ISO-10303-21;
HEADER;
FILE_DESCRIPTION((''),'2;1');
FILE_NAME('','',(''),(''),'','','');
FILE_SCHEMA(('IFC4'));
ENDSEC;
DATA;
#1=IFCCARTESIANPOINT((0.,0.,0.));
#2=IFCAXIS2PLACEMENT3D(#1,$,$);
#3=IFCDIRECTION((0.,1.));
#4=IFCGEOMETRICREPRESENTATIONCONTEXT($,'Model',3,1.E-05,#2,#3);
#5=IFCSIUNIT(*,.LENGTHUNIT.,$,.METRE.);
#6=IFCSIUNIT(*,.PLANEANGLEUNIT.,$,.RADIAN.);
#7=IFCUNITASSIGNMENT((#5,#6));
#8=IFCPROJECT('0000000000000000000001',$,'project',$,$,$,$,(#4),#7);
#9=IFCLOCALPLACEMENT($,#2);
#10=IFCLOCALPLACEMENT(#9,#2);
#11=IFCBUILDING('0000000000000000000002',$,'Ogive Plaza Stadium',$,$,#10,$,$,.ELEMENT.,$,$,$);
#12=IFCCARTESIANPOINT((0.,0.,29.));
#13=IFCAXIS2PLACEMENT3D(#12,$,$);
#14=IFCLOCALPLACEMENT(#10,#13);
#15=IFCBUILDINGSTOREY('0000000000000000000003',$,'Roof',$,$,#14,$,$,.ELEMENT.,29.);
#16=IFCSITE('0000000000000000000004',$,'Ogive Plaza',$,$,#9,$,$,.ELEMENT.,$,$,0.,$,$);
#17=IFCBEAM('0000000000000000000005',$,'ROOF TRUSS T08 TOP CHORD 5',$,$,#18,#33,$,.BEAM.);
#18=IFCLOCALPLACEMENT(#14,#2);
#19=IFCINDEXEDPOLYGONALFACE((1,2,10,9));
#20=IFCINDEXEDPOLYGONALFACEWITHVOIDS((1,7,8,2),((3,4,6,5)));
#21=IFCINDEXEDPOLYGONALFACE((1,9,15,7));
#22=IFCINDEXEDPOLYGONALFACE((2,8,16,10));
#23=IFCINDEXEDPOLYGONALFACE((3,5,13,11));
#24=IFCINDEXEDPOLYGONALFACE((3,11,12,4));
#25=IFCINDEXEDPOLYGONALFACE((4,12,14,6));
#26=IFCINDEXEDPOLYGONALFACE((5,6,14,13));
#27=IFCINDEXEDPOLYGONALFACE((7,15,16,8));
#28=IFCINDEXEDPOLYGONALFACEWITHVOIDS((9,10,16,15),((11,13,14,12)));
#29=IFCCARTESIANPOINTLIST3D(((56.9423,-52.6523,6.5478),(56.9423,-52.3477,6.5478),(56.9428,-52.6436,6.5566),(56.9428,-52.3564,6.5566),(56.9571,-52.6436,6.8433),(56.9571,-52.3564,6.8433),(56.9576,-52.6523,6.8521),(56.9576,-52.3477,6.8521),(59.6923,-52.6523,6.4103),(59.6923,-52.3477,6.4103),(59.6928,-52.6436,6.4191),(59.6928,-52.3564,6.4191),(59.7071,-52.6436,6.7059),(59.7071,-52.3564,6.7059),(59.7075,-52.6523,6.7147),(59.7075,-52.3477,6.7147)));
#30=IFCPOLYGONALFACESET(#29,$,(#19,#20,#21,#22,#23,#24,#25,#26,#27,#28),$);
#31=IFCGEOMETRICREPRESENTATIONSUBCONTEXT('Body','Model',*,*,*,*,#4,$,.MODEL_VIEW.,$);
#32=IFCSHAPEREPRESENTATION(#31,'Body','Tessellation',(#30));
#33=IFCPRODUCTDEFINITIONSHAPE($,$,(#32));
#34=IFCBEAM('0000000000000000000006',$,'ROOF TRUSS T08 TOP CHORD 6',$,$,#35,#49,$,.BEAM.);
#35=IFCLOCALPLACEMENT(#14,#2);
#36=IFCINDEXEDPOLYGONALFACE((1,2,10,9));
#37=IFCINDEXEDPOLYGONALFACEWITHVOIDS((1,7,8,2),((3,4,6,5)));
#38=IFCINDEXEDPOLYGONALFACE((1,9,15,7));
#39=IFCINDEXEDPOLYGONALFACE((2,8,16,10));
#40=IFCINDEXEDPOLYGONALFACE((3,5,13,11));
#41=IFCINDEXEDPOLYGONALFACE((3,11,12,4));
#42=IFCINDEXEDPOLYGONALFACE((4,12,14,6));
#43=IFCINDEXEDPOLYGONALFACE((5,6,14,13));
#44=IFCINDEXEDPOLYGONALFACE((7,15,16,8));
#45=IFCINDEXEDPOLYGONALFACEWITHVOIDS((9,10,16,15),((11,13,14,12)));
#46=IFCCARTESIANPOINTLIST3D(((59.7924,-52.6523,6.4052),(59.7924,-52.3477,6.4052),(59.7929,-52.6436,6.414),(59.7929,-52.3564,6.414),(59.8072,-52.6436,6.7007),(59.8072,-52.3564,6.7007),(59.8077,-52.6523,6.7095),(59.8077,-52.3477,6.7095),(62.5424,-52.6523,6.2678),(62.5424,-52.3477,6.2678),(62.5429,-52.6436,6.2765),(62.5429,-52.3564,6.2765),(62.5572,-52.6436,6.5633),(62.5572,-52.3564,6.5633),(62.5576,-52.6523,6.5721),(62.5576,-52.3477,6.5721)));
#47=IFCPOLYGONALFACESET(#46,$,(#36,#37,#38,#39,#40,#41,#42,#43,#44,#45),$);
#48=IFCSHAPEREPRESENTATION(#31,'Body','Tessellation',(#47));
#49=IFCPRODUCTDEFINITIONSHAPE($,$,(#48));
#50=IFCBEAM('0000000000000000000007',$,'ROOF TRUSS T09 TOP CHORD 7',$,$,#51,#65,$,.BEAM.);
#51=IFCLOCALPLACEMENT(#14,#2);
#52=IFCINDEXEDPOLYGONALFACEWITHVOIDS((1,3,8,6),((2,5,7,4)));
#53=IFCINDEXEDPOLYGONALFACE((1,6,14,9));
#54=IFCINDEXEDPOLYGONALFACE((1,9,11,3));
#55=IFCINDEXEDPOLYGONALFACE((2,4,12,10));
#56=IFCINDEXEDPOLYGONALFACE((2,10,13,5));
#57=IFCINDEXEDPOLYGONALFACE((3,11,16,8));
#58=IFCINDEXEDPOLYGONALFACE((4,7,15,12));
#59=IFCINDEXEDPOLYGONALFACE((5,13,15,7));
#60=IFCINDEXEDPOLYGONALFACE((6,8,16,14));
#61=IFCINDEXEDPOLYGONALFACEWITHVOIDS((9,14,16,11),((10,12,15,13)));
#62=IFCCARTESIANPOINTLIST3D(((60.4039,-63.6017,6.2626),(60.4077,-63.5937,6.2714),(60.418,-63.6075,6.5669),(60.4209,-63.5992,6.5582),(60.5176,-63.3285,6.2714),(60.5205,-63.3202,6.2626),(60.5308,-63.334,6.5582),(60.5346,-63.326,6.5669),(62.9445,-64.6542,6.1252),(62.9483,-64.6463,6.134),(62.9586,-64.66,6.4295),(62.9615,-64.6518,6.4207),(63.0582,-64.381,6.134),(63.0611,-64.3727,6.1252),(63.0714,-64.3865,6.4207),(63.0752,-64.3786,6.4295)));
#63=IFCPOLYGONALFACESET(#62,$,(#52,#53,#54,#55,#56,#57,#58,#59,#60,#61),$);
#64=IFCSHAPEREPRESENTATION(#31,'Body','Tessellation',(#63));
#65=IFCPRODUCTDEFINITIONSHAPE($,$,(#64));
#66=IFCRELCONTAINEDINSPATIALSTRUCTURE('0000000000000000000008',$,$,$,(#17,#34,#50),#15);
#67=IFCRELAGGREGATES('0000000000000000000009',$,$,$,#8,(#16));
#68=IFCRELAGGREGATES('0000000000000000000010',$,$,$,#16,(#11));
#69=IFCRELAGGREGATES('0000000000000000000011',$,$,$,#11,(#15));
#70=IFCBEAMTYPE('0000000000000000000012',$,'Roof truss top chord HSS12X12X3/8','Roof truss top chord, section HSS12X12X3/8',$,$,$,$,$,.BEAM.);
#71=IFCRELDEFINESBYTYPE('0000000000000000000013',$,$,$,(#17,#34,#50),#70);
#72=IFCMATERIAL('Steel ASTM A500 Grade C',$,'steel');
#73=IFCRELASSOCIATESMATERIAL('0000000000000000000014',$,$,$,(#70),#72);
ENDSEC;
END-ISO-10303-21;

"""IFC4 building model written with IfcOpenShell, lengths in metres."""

from ifc_helpers import new_model, si_unit, direction, frame, origin, origin_2d, place, context, subcontext, project, spatial, hollow_rectangle, extrude, material, material_profile, profile_set, type_object, element, save


model = new_model("IFC4")

# Units and contexts
model_context = context("Model", 3, precision=1e-05, world=origin(), true_north=direction((0.0, 1.0)))
body_context = subcontext(model_context, "Body", "Model", "MODEL_VIEW")
ifc_project = project(units=[si_unit("LENGTHUNIT", "METRE"), si_unit("PLANEANGLEUNIT", "RADIAN")], contexts=[model_context])

# Site, building, storey
site_placement = place(None, origin())
site = spatial("IfcSite", under=ifc_project, at=site_placement, Name="Ogive Plaza", CompositionType="ELEMENT", RefElevation=0.0)
building_placement = place(site_placement, origin())
building = spatial("IfcBuilding", under=site, at=building_placement, Name="Ogive Plaza Stadium", CompositionType="ELEMENT")
storey_placement = place(building_placement, frame((0.0, 0.0, 29.0)))
storey = spatial("IfcBuildingStorey", under=building, at=storey_placement, Name="Roof", CompositionType="ELEMENT", Elevation=29.0)

# Beams
ifc_material_1 = material(Name="Steel ASTM A500 Grade C", Category="steel")
ifc_material_profile_1 = material_profile(ifc_material_1, hollow_rectangle(XDim=0.3047, YDim=0.3047, WallThickness=0.0088, at=origin_2d()), Name="HSS12X12X3/8")
ifc_profile_set_1 = profile_set([ifc_material_profile_1], Name="Steel ASTM A500 Grade C")
beam_type_1 = type_object("IfcBeamType", Name="Roof truss top chord HSS12X12X3/8", Description="Roof truss top chord, section HSS12X12X3/8", PredefinedType="BEAM", material=ifc_profile_set_1)
for number, where, z_axis, x_axis, name in (
    (1, (56.95, -52.5, 6.7), (0.998753, 0.0, -0.04992), (0.0, 1.0, 0.0), "ROOF TRUSS T08 TOP CHORD 5"),
    (2, (59.8, -52.5, 6.5574), (0.998753, 0.0, -0.04992), (0.0, 1.0, 0.0), "ROOF TRUSS T08 TOP CHORD 6"),
    (3, (60.4692, -63.4639, 6.4148), (0.922706, -0.382259, -0.049922), (0.382736, 0.923858, 0.0), "ROOF TRUSS T09 TOP CHORD 7"),
):
    element("IfcBeam", number, at=place(storey_placement, frame(where, z_axis=z_axis, x_axis=x_axis)), inside=storey, type_object=beam_type_1, Name=name, PredefinedType="BEAM", context=body_context, shape_type="SweptSolid", body=[
        extrude(hollow_rectangle(XDim=0.3047, YDim=0.3047, WallThickness=0.0088, at=origin_2d()), origin(), (0.0, 0.0, 1.0), 2.7534),
    ])

save(model, "model.ifc")
